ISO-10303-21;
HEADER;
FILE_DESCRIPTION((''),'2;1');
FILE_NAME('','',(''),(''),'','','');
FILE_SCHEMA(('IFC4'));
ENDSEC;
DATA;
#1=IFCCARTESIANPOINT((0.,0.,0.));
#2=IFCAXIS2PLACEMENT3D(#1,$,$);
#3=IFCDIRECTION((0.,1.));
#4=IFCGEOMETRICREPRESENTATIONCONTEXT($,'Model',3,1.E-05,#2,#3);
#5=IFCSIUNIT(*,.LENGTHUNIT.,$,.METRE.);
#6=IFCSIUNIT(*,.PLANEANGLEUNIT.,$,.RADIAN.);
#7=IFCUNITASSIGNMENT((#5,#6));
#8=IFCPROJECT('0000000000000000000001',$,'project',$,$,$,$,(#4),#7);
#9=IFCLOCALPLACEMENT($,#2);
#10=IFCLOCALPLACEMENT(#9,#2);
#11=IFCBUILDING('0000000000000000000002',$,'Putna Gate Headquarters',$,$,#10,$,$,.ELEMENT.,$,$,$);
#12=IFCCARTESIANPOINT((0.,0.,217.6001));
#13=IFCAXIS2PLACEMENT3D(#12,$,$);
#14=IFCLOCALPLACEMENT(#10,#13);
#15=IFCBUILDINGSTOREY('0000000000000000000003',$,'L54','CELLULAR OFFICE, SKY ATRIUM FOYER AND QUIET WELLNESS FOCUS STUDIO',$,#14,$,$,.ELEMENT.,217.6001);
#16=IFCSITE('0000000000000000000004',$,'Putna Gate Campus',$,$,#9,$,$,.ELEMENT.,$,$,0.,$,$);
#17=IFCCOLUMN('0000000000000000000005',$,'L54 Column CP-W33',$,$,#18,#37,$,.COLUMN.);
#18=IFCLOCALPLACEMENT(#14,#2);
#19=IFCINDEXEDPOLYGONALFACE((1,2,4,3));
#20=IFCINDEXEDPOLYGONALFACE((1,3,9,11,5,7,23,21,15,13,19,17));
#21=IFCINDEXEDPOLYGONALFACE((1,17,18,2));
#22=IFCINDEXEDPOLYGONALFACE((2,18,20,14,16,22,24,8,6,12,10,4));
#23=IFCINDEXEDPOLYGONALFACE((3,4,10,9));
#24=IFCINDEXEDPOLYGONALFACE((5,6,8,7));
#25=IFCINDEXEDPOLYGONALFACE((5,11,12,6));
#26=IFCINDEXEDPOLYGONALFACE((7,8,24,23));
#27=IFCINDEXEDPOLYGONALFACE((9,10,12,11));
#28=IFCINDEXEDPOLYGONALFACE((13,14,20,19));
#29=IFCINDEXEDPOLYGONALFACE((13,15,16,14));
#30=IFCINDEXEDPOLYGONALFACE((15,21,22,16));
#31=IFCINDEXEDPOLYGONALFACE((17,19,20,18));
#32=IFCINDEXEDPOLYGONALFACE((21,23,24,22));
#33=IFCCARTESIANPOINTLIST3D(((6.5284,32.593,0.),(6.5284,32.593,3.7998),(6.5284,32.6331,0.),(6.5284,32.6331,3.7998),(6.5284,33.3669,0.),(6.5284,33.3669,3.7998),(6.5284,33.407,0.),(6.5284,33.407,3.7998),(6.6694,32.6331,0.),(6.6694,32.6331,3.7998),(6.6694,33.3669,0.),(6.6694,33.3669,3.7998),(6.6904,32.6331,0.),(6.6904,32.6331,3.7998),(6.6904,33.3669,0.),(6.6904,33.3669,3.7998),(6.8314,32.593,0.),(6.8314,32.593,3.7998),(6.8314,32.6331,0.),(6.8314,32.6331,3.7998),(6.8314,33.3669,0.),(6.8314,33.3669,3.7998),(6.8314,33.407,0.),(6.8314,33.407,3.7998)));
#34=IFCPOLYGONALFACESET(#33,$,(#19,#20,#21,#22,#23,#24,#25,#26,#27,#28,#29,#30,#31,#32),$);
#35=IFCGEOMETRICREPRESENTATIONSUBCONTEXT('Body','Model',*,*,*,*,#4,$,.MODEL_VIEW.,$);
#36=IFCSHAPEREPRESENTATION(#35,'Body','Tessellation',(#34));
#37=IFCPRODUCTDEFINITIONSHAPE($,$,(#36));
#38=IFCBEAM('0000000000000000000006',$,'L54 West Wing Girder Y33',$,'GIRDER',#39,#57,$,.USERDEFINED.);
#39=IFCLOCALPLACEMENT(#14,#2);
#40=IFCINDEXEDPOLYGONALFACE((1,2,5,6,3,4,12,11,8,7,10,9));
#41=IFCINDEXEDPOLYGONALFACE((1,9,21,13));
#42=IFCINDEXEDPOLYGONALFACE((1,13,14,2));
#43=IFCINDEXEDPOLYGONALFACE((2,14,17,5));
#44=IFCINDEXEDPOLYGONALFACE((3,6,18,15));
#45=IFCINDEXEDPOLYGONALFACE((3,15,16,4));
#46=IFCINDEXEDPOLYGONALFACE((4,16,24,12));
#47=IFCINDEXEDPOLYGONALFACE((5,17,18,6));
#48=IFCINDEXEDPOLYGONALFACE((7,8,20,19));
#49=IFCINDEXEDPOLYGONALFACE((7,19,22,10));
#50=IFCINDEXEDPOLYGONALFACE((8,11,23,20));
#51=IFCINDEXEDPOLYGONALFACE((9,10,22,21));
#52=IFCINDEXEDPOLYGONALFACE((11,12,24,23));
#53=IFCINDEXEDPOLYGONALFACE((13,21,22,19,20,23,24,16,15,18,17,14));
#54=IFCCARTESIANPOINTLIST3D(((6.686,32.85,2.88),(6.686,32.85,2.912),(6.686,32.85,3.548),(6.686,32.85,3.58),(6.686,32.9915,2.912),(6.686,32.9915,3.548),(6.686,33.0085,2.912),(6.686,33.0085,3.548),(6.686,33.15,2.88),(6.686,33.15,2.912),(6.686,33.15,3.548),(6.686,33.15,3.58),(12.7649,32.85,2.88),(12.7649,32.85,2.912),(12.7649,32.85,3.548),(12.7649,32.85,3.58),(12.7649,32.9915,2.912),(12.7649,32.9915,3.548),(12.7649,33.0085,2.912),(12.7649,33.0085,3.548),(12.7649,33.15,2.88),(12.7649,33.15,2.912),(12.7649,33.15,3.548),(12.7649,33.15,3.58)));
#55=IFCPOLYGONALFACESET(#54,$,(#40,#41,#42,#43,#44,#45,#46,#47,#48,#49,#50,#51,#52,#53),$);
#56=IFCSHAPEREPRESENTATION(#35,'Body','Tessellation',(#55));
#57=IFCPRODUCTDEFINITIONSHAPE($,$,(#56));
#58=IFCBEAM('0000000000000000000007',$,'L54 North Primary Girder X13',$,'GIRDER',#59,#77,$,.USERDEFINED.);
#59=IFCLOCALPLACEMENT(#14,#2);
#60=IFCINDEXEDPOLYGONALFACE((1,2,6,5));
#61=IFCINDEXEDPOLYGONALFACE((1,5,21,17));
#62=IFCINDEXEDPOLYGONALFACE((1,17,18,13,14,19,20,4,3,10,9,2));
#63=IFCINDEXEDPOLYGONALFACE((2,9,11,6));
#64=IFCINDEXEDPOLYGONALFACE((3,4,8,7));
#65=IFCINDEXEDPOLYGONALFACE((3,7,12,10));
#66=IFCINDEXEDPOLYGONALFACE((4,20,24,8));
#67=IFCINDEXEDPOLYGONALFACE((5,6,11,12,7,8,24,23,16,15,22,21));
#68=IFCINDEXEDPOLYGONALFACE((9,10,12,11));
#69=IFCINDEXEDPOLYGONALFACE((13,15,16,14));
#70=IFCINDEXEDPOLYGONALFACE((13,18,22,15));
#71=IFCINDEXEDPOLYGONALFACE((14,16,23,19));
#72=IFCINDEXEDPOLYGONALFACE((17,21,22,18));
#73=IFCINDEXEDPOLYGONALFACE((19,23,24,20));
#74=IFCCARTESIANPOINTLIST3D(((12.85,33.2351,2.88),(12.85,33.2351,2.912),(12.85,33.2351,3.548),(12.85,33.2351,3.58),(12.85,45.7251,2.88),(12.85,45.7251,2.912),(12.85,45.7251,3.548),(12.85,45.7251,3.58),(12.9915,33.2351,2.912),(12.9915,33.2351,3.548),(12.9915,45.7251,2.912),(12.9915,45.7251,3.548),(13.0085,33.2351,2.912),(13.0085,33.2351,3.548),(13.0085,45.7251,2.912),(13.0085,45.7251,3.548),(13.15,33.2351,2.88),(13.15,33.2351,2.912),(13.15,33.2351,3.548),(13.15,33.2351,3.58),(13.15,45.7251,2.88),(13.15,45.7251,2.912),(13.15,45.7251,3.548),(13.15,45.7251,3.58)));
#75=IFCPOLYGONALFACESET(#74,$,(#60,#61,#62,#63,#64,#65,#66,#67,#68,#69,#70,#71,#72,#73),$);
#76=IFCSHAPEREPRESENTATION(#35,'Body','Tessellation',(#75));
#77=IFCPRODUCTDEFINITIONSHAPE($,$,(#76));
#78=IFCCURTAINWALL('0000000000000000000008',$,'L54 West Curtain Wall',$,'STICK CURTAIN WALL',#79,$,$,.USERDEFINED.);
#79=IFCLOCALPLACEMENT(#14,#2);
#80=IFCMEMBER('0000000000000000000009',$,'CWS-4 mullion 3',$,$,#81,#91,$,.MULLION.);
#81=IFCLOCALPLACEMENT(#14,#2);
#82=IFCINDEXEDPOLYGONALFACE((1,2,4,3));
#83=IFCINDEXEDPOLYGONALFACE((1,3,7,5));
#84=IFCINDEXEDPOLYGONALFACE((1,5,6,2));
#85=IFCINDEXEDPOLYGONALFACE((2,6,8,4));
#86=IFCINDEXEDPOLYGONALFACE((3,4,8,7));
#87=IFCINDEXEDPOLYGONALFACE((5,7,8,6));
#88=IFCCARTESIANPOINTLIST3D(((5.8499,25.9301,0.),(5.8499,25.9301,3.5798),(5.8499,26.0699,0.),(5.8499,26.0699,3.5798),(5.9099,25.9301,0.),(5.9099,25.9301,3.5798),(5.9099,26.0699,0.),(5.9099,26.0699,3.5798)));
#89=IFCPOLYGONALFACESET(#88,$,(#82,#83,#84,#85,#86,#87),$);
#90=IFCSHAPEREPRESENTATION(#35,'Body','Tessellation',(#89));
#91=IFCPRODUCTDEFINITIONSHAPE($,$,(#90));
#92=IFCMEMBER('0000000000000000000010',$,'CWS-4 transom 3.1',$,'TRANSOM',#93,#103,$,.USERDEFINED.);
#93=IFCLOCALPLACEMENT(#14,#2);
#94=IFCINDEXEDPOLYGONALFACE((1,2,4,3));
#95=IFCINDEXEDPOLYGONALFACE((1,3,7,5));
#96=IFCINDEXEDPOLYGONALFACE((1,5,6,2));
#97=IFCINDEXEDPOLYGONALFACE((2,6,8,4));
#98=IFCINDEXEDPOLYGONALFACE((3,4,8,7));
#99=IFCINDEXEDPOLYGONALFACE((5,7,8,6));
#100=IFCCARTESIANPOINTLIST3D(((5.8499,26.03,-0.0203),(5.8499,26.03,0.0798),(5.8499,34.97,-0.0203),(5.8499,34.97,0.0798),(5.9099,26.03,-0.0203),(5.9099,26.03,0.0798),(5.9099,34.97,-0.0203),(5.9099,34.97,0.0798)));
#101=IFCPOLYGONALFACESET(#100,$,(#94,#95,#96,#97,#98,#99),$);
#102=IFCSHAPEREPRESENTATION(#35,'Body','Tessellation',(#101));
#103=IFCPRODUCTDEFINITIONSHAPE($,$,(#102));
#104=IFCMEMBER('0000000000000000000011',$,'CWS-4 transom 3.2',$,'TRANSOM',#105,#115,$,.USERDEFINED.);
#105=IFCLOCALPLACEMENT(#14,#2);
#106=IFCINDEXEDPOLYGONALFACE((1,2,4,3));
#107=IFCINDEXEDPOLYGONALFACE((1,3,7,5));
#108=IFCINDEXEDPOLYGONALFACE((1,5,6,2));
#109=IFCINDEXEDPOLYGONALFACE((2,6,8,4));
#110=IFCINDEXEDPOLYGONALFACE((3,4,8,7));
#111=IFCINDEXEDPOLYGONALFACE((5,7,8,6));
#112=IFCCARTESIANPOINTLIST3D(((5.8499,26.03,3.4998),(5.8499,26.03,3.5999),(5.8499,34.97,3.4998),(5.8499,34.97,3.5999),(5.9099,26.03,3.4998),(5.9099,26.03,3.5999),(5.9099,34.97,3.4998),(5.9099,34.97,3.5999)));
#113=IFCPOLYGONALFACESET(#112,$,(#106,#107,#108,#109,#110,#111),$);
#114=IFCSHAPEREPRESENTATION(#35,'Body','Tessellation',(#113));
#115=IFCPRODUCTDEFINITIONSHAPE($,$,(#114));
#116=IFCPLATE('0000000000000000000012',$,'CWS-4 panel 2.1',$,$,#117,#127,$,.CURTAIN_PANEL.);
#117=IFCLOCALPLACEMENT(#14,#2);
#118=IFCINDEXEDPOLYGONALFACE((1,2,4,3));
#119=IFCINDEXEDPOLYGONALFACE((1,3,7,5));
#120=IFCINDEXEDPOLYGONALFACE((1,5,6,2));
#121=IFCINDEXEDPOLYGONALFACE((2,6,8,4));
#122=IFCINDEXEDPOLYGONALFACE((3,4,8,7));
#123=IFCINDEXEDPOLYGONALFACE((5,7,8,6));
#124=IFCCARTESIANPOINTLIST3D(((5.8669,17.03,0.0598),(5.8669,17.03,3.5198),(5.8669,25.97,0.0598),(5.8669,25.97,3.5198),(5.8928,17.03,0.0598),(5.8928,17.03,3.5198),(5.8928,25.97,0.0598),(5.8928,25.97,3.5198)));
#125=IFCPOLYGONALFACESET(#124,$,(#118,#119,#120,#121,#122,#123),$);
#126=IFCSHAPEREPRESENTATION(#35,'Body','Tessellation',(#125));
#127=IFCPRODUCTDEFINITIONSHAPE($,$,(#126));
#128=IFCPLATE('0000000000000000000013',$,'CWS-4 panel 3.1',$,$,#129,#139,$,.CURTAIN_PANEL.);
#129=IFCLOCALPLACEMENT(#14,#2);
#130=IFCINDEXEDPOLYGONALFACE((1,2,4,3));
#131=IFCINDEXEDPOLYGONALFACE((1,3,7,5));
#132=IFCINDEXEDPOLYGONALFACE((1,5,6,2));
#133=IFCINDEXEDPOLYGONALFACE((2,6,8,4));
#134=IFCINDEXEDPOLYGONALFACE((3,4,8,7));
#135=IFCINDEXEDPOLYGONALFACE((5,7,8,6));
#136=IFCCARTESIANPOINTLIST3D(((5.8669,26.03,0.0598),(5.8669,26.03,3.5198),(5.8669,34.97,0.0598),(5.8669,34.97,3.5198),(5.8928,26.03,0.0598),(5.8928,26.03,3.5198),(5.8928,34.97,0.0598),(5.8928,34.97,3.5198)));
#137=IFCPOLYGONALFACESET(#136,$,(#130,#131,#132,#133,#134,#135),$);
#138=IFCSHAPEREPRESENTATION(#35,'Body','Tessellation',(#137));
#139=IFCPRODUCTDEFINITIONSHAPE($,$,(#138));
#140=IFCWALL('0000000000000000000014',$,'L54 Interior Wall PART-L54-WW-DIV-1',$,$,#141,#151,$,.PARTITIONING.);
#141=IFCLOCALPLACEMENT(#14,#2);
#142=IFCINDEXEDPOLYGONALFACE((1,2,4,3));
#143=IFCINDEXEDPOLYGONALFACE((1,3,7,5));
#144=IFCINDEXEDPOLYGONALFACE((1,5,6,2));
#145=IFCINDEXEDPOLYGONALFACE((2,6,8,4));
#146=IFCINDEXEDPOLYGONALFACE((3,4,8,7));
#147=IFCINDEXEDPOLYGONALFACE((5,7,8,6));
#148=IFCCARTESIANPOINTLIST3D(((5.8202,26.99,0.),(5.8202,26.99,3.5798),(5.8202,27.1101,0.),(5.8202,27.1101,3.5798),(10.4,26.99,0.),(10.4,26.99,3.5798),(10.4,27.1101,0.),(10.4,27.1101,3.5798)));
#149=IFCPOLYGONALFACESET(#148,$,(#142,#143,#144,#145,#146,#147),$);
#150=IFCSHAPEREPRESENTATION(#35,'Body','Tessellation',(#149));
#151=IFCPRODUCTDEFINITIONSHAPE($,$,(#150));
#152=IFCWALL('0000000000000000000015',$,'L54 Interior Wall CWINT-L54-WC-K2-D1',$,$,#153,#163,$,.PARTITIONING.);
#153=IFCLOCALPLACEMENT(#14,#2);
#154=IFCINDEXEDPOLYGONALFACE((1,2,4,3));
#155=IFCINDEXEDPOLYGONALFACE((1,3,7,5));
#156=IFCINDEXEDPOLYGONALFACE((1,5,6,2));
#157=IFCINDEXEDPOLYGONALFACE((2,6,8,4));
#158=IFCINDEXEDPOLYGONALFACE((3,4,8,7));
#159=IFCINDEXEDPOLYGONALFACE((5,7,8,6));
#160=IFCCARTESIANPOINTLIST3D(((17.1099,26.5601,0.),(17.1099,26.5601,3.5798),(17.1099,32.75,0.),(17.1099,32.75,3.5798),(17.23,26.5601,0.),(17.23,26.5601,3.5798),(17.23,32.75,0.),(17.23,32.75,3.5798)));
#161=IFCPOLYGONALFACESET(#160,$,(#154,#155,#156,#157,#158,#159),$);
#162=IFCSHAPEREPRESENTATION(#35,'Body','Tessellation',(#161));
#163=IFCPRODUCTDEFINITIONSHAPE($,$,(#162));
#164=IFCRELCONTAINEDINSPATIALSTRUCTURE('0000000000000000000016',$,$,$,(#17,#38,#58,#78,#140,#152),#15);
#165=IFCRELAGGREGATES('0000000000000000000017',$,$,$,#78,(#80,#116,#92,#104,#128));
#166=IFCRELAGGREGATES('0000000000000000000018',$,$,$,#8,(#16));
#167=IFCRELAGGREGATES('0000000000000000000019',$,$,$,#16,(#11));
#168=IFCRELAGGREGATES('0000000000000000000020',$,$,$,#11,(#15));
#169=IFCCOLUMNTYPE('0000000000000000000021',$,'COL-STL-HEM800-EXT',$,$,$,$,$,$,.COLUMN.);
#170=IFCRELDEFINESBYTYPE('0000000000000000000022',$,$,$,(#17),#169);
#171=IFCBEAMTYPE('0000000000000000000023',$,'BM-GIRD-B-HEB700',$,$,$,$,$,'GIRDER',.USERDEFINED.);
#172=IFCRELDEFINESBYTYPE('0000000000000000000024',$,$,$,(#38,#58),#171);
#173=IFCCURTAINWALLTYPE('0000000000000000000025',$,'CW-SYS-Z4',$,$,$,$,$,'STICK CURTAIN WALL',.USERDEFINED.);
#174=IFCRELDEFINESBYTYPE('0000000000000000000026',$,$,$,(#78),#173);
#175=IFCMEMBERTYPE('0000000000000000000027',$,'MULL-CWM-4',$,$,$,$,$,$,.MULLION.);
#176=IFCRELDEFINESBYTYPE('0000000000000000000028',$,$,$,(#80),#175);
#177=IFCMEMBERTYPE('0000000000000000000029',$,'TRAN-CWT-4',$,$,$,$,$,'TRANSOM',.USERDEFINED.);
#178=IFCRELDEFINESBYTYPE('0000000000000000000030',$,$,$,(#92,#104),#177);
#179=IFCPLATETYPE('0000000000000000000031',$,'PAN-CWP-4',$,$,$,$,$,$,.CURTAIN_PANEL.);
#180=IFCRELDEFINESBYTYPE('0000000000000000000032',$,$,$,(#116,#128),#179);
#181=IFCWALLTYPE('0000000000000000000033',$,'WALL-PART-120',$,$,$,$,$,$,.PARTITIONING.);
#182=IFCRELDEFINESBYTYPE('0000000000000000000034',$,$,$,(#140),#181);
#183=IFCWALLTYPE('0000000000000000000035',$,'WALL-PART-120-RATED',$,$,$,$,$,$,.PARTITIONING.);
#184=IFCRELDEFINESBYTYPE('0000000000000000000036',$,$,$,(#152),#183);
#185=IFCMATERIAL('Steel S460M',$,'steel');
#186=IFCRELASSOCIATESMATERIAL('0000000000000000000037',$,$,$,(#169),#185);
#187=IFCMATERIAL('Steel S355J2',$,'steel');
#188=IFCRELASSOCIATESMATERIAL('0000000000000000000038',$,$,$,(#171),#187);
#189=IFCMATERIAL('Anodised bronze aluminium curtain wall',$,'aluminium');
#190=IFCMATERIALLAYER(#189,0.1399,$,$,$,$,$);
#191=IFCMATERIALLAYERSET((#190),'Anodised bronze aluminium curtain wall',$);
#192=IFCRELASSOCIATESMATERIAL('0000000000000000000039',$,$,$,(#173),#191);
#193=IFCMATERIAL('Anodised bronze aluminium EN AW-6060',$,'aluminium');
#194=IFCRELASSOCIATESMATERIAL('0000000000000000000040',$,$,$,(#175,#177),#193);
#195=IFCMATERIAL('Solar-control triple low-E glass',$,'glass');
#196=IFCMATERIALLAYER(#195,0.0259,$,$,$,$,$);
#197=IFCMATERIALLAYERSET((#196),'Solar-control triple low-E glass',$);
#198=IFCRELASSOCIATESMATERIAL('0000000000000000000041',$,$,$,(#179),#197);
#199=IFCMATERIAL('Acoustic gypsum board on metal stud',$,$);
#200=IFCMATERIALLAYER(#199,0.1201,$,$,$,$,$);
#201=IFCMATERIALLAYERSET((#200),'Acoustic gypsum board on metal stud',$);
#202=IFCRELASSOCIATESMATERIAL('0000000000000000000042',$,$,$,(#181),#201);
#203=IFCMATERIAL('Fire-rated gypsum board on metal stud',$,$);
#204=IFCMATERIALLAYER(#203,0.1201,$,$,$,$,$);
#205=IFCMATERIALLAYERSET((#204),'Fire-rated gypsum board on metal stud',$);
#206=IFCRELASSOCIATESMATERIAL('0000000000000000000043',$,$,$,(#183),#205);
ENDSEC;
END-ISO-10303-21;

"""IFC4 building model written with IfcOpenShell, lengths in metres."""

from ifc_helpers import new_model, si_unit, direction, frame, frame_2d, origin, origin_2d, place, context, subcontext, project, spatial, rectangle, i_section, extrude, material, layer, layer_set, material_profile, profile_set, type_object, element, aggregate, save


model = new_model("IFC4")

# Units and contexts
model_context = context("Model", 3, precision=1e-05, world=origin(), true_north=direction((0.0, 1.0)))
body_context = subcontext(model_context, "Body", "Model", "MODEL_VIEW")
ifc_project = project(units=[si_unit("LENGTHUNIT", "METRE"), si_unit("PLANEANGLEUNIT", "RADIAN")], contexts=[model_context])

# Site, building, storey
site_placement = place(None, origin())
site = spatial("IfcSite", under=ifc_project, at=site_placement, Name="Putna Gate Campus", CompositionType="ELEMENT", RefElevation=0.0)
building_placement = place(site_placement, origin())
building = spatial("IfcBuilding", under=site, at=building_placement, Name="Putna Gate Headquarters", CompositionType="ELEMENT")
storey_placement = place(building_placement, frame((0.0, 0.0, 217.6001)))
storey = spatial("IfcBuildingStorey", under=building, at=storey_placement, Name="L54", Description="CELLULAR OFFICE, SKY ATRIUM FOYER AND QUIET WELLNESS FOCUS STUDIO", CompositionType="ELEMENT", Elevation=217.6001)

# Column
ifc_material_1 = material(Name="Steel S460M", Category="steel")
ifc_material_profile_1 = material_profile(ifc_material_1, i_section(OverallWidth=0.303, OverallDepth=0.814, WebThickness=0.021, FlangeThickness=0.04, at=origin_2d()), Name="Steel S460M")
ifc_profile_set_1 = profile_set([ifc_material_profile_1], Name="Steel S460M")
column_type = type_object("IfcColumnType", Name="COL-STL-HEM800-EXT", PredefinedType="COLUMN", material=ifc_profile_set_1)
column_placement = place(storey_placement, frame((6.6799, 33.0, 0.0), z_axis=(0.0, 0.0, 1.0), x_axis=(1.0, 0.0, 0.0)))
element("IfcColumn", 1, at=column_placement, inside=storey, type_object=column_type, Name="L54 Column CP-W33", PredefinedType="COLUMN", context=body_context, shape_type="SweptSolid", body=[
    extrude(i_section(OverallWidth=0.303, OverallDepth=0.814, WebThickness=0.021, FlangeThickness=0.04, at=origin_2d()), origin(), (0.0, 0.0, 1.0), 3.7998),
])

# Beams
ifc_material_2 = material(Name="Steel S355J2", Category="steel")
ifc_material_profile_2 = material_profile(ifc_material_2, i_section(OverallWidth=0.3, OverallDepth=0.7, WebThickness=0.0171, FlangeThickness=0.032, at=origin_2d()), Name="Steel S355J2")
ifc_profile_set_2 = profile_set([ifc_material_profile_2], Name="Steel S355J2")
beam_type = type_object("IfcBeamType", Name="BM-GIRD-B-HEB700", ElementType="GIRDER", PredefinedType="USERDEFINED", material=ifc_profile_set_2)
beam_1_placement = place(storey_placement, frame((6.686, 33.0, 3.23), z_axis=(1.0, 0.0, 0.0), x_axis=(0.0, 1.0, 0.0)))
element("IfcBeam", 2, at=beam_1_placement, inside=storey, type_object=beam_type, Name="L54 West Wing Girder Y33", ObjectType="GIRDER", PredefinedType="USERDEFINED", context=body_context, shape_type="SweptSolid", body=[
    extrude(i_section(OverallWidth=0.3, OverallDepth=0.7, WebThickness=0.0171, FlangeThickness=0.032, at=origin_2d()), origin(), (0.0, 0.0, 1.0), 6.0789),
])
beam_2_placement = place(storey_placement, frame((13.0, 33.2351, 3.23), z_axis=(0.0, 1.0, 0.0), x_axis=(-1.0, 0.0, 0.0)))
element("IfcBeam", 3, at=beam_2_placement, inside=storey, type_object=beam_type, Name="L54 North Primary Girder X13", ObjectType="GIRDER", PredefinedType="USERDEFINED", context=body_context, shape_type="SweptSolid", body=[
    extrude(i_section(OverallWidth=0.3, OverallDepth=0.7, WebThickness=0.0171, FlangeThickness=0.032, at=origin_2d()), origin(), (0.0, 0.0, 1.0), 12.49),
])

# Curtain wall, members, plates
ifc_material_3 = material(Name="Anodised bronze aluminium curtain wall", Category="aluminium")
ifc_layer_1 = layer(ifc_material_3, 0.1399)
ifc_layer_set_1 = layer_set([ifc_layer_1], Name="Anodised bronze aluminium curtain wall")
curtain_wall_type = type_object("IfcCurtainWallType", Name="CW-SYS-Z4", ElementType="STICK CURTAIN WALL", PredefinedType="USERDEFINED", material=ifc_layer_set_1)
curtain_wall_placement = place(storey_placement, origin())
curtain_wall = element("IfcCurtainWall", 4, at=curtain_wall_placement, inside=storey, type_object=curtain_wall_type, Name="L54 West Curtain Wall", ObjectType="STICK CURTAIN WALL", PredefinedType="USERDEFINED")
ifc_material_4 = material(Name="Anodised bronze aluminium EN AW-6060", Category="aluminium")
ifc_material_profile_3 = material_profile(ifc_material_4, rectangle(XDim=0.0601, YDim=0.1399, at=origin_2d()), Name="Anodised bronze aluminium EN AW-6060")
ifc_profile_set_3 = profile_set([ifc_material_profile_3], Name="Anodised bronze aluminium EN AW-6060")
member_type_1 = type_object("IfcMemberType", Name="MULL-CWM-4", PredefinedType="MULLION", material=ifc_profile_set_3)
member_1_placement = place(storey_placement, frame((5.8799, 26.0, 0.0), z_axis=(0.0, 0.0, 1.0), x_axis=(-1.0, 0.0, 0.0)))
member_1 = element("IfcMember", 5, at=member_1_placement, type_object=member_type_1, Name="CWS-4 mullion 3", PredefinedType="MULLION", context=body_context, shape_type="SweptSolid", body=[
    extrude(rectangle(XDim=0.0601, YDim=0.1399, at=origin_2d()), origin(), (0.0, 0.0, 1.0), 3.5798),
])
ifc_material_profile_4 = material_profile(ifc_material_4, rectangle(XDim=0.0601, YDim=0.1001, at=origin_2d()), Name="Anodised bronze aluminium EN AW-6060")
ifc_profile_set_4 = profile_set([ifc_material_profile_4], Name="Anodised bronze aluminium EN AW-6060")
member_type_2 = type_object("IfcMemberType", Name="TRAN-CWT-4", ElementType="TRANSOM", PredefinedType="USERDEFINED", material=ifc_profile_set_4)
member_2_placement = place(storey_placement, frame((5.8799, 26.03, 0.0298), z_axis=(0.0, 1.0, 0.0), x_axis=(-1.0, 0.0, 0.0)))
member_2 = element("IfcMember", 6, at=member_2_placement, type_object=member_type_2, Name="CWS-4 transom 3.1", ObjectType="TRANSOM", PredefinedType="USERDEFINED", context=body_context, shape_type="SweptSolid", body=[
    extrude(rectangle(XDim=0.0601, YDim=0.1001, at=origin_2d()), origin(), (0.0, 0.0, 1.0), 8.9399),
])
member_3_placement = place(storey_placement, frame((5.8799, 26.03, 3.5498), z_axis=(0.0, 1.0, 0.0), x_axis=(-1.0, 0.0, 0.0)))
member_3 = element("IfcMember", 7, at=member_3_placement, type_object=member_type_2, Name="CWS-4 transom 3.2", ObjectType="TRANSOM", PredefinedType="USERDEFINED", context=body_context, shape_type="SweptSolid", body=[
    extrude(rectangle(XDim=0.0601, YDim=0.1001, at=origin_2d()), origin(), (0.0, 0.0, 1.0), 8.9399),
])
ifc_material_5 = material(Name="Solar-control triple low-E glass", Category="glass")
ifc_layer_2 = layer(ifc_material_5, 0.0259)
ifc_layer_set_2 = layer_set([ifc_layer_2], Name="Solar-control triple low-E glass")
plate_type = type_object("IfcPlateType", Name="PAN-CWP-4", PredefinedType="CURTAIN_PANEL", material=ifc_layer_set_2)
plate_1_placement = place(storey_placement, frame((5.8799, 21.5, 0.0598), z_axis=(0.0, 0.0, 1.0), x_axis=(0.0, 1.0, 0.0)))
plate_1 = element("IfcPlate", 8, at=plate_1_placement, type_object=plate_type, Name="CWS-4 panel 2.1", PredefinedType="CURTAIN_PANEL", context=body_context, shape_type="SweptSolid", body=[
    extrude(rectangle(XDim=8.9399, YDim=0.0259, at=origin_2d()), origin(), (0.0, 0.0, 1.0), 3.46),
])
plate_2_placement = place(storey_placement, frame((5.8799, 30.5, 0.0598), z_axis=(0.0, 0.0, 1.0), x_axis=(0.0, 1.0, 0.0)))
plate_2 = element("IfcPlate", 9, at=plate_2_placement, type_object=plate_type, Name="CWS-4 panel 3.1", PredefinedType="CURTAIN_PANEL", context=body_context, shape_type="SweptSolid", body=[
    extrude(rectangle(XDim=8.9399, YDim=0.0259, at=origin_2d()), origin(), (0.0, 0.0, 1.0), 3.46),
])
aggregate(curtain_wall, [member_1, plate_1, member_2, member_3, plate_2])

# Walls
ifc_material_6 = material(Name="Acoustic gypsum board on metal stud")
ifc_layer_3 = layer(ifc_material_6, 0.1201)
ifc_layer_set_3 = layer_set([ifc_layer_3], Name="Acoustic gypsum board on metal stud")
wall_type_1 = type_object("IfcWallType", Name="WALL-PART-120", PredefinedType="PARTITIONING", material=ifc_layer_set_3)
wall_1_placement = place(storey_placement, frame((5.8201, 27.05, 0.0), z_axis=(0.0, 0.0, 1.0), x_axis=(1.0, 0.0, 0.0)))
element("IfcWall", 10, at=wall_1_placement, inside=storey, type_object=wall_type_1, Name="L54 Interior Wall PART-L54-WW-DIV-1", PredefinedType="PARTITIONING", context=body_context, shape_type="SweptSolid", body=[
    extrude(rectangle(XDim=4.5798, YDim=0.1201, at=frame_2d((2.29, 0.0))), origin(), (0.0, 0.0, 1.0), 3.5798),
])
ifc_material_7 = material(Name="Fire-rated gypsum board on metal stud")
ifc_layer_4 = layer(ifc_material_7, 0.1201)
ifc_layer_set_4 = layer_set([ifc_layer_4], Name="Fire-rated gypsum board on metal stud")
wall_type_2 = type_object("IfcWallType", Name="WALL-PART-120-RATED", PredefinedType="PARTITIONING", material=ifc_layer_set_4)
wall_2_placement = place(storey_placement, frame((17.1699, 26.5601, 0.0), z_axis=(0.0, 0.0, 1.0), x_axis=(0.0, 1.0, 0.0)))
element("IfcWall", 11, at=wall_2_placement, inside=storey, type_object=wall_type_2, Name="L54 Interior Wall CWINT-L54-WC-K2-D1", PredefinedType="PARTITIONING", context=body_context, shape_type="SweptSolid", body=[
    extrude(rectangle(XDim=6.1899, YDim=0.1201, at=frame_2d((3.095, 0.0))), origin(), (0.0, 0.0, 1.0), 3.5798),
])

save(model, "model.ifc")
